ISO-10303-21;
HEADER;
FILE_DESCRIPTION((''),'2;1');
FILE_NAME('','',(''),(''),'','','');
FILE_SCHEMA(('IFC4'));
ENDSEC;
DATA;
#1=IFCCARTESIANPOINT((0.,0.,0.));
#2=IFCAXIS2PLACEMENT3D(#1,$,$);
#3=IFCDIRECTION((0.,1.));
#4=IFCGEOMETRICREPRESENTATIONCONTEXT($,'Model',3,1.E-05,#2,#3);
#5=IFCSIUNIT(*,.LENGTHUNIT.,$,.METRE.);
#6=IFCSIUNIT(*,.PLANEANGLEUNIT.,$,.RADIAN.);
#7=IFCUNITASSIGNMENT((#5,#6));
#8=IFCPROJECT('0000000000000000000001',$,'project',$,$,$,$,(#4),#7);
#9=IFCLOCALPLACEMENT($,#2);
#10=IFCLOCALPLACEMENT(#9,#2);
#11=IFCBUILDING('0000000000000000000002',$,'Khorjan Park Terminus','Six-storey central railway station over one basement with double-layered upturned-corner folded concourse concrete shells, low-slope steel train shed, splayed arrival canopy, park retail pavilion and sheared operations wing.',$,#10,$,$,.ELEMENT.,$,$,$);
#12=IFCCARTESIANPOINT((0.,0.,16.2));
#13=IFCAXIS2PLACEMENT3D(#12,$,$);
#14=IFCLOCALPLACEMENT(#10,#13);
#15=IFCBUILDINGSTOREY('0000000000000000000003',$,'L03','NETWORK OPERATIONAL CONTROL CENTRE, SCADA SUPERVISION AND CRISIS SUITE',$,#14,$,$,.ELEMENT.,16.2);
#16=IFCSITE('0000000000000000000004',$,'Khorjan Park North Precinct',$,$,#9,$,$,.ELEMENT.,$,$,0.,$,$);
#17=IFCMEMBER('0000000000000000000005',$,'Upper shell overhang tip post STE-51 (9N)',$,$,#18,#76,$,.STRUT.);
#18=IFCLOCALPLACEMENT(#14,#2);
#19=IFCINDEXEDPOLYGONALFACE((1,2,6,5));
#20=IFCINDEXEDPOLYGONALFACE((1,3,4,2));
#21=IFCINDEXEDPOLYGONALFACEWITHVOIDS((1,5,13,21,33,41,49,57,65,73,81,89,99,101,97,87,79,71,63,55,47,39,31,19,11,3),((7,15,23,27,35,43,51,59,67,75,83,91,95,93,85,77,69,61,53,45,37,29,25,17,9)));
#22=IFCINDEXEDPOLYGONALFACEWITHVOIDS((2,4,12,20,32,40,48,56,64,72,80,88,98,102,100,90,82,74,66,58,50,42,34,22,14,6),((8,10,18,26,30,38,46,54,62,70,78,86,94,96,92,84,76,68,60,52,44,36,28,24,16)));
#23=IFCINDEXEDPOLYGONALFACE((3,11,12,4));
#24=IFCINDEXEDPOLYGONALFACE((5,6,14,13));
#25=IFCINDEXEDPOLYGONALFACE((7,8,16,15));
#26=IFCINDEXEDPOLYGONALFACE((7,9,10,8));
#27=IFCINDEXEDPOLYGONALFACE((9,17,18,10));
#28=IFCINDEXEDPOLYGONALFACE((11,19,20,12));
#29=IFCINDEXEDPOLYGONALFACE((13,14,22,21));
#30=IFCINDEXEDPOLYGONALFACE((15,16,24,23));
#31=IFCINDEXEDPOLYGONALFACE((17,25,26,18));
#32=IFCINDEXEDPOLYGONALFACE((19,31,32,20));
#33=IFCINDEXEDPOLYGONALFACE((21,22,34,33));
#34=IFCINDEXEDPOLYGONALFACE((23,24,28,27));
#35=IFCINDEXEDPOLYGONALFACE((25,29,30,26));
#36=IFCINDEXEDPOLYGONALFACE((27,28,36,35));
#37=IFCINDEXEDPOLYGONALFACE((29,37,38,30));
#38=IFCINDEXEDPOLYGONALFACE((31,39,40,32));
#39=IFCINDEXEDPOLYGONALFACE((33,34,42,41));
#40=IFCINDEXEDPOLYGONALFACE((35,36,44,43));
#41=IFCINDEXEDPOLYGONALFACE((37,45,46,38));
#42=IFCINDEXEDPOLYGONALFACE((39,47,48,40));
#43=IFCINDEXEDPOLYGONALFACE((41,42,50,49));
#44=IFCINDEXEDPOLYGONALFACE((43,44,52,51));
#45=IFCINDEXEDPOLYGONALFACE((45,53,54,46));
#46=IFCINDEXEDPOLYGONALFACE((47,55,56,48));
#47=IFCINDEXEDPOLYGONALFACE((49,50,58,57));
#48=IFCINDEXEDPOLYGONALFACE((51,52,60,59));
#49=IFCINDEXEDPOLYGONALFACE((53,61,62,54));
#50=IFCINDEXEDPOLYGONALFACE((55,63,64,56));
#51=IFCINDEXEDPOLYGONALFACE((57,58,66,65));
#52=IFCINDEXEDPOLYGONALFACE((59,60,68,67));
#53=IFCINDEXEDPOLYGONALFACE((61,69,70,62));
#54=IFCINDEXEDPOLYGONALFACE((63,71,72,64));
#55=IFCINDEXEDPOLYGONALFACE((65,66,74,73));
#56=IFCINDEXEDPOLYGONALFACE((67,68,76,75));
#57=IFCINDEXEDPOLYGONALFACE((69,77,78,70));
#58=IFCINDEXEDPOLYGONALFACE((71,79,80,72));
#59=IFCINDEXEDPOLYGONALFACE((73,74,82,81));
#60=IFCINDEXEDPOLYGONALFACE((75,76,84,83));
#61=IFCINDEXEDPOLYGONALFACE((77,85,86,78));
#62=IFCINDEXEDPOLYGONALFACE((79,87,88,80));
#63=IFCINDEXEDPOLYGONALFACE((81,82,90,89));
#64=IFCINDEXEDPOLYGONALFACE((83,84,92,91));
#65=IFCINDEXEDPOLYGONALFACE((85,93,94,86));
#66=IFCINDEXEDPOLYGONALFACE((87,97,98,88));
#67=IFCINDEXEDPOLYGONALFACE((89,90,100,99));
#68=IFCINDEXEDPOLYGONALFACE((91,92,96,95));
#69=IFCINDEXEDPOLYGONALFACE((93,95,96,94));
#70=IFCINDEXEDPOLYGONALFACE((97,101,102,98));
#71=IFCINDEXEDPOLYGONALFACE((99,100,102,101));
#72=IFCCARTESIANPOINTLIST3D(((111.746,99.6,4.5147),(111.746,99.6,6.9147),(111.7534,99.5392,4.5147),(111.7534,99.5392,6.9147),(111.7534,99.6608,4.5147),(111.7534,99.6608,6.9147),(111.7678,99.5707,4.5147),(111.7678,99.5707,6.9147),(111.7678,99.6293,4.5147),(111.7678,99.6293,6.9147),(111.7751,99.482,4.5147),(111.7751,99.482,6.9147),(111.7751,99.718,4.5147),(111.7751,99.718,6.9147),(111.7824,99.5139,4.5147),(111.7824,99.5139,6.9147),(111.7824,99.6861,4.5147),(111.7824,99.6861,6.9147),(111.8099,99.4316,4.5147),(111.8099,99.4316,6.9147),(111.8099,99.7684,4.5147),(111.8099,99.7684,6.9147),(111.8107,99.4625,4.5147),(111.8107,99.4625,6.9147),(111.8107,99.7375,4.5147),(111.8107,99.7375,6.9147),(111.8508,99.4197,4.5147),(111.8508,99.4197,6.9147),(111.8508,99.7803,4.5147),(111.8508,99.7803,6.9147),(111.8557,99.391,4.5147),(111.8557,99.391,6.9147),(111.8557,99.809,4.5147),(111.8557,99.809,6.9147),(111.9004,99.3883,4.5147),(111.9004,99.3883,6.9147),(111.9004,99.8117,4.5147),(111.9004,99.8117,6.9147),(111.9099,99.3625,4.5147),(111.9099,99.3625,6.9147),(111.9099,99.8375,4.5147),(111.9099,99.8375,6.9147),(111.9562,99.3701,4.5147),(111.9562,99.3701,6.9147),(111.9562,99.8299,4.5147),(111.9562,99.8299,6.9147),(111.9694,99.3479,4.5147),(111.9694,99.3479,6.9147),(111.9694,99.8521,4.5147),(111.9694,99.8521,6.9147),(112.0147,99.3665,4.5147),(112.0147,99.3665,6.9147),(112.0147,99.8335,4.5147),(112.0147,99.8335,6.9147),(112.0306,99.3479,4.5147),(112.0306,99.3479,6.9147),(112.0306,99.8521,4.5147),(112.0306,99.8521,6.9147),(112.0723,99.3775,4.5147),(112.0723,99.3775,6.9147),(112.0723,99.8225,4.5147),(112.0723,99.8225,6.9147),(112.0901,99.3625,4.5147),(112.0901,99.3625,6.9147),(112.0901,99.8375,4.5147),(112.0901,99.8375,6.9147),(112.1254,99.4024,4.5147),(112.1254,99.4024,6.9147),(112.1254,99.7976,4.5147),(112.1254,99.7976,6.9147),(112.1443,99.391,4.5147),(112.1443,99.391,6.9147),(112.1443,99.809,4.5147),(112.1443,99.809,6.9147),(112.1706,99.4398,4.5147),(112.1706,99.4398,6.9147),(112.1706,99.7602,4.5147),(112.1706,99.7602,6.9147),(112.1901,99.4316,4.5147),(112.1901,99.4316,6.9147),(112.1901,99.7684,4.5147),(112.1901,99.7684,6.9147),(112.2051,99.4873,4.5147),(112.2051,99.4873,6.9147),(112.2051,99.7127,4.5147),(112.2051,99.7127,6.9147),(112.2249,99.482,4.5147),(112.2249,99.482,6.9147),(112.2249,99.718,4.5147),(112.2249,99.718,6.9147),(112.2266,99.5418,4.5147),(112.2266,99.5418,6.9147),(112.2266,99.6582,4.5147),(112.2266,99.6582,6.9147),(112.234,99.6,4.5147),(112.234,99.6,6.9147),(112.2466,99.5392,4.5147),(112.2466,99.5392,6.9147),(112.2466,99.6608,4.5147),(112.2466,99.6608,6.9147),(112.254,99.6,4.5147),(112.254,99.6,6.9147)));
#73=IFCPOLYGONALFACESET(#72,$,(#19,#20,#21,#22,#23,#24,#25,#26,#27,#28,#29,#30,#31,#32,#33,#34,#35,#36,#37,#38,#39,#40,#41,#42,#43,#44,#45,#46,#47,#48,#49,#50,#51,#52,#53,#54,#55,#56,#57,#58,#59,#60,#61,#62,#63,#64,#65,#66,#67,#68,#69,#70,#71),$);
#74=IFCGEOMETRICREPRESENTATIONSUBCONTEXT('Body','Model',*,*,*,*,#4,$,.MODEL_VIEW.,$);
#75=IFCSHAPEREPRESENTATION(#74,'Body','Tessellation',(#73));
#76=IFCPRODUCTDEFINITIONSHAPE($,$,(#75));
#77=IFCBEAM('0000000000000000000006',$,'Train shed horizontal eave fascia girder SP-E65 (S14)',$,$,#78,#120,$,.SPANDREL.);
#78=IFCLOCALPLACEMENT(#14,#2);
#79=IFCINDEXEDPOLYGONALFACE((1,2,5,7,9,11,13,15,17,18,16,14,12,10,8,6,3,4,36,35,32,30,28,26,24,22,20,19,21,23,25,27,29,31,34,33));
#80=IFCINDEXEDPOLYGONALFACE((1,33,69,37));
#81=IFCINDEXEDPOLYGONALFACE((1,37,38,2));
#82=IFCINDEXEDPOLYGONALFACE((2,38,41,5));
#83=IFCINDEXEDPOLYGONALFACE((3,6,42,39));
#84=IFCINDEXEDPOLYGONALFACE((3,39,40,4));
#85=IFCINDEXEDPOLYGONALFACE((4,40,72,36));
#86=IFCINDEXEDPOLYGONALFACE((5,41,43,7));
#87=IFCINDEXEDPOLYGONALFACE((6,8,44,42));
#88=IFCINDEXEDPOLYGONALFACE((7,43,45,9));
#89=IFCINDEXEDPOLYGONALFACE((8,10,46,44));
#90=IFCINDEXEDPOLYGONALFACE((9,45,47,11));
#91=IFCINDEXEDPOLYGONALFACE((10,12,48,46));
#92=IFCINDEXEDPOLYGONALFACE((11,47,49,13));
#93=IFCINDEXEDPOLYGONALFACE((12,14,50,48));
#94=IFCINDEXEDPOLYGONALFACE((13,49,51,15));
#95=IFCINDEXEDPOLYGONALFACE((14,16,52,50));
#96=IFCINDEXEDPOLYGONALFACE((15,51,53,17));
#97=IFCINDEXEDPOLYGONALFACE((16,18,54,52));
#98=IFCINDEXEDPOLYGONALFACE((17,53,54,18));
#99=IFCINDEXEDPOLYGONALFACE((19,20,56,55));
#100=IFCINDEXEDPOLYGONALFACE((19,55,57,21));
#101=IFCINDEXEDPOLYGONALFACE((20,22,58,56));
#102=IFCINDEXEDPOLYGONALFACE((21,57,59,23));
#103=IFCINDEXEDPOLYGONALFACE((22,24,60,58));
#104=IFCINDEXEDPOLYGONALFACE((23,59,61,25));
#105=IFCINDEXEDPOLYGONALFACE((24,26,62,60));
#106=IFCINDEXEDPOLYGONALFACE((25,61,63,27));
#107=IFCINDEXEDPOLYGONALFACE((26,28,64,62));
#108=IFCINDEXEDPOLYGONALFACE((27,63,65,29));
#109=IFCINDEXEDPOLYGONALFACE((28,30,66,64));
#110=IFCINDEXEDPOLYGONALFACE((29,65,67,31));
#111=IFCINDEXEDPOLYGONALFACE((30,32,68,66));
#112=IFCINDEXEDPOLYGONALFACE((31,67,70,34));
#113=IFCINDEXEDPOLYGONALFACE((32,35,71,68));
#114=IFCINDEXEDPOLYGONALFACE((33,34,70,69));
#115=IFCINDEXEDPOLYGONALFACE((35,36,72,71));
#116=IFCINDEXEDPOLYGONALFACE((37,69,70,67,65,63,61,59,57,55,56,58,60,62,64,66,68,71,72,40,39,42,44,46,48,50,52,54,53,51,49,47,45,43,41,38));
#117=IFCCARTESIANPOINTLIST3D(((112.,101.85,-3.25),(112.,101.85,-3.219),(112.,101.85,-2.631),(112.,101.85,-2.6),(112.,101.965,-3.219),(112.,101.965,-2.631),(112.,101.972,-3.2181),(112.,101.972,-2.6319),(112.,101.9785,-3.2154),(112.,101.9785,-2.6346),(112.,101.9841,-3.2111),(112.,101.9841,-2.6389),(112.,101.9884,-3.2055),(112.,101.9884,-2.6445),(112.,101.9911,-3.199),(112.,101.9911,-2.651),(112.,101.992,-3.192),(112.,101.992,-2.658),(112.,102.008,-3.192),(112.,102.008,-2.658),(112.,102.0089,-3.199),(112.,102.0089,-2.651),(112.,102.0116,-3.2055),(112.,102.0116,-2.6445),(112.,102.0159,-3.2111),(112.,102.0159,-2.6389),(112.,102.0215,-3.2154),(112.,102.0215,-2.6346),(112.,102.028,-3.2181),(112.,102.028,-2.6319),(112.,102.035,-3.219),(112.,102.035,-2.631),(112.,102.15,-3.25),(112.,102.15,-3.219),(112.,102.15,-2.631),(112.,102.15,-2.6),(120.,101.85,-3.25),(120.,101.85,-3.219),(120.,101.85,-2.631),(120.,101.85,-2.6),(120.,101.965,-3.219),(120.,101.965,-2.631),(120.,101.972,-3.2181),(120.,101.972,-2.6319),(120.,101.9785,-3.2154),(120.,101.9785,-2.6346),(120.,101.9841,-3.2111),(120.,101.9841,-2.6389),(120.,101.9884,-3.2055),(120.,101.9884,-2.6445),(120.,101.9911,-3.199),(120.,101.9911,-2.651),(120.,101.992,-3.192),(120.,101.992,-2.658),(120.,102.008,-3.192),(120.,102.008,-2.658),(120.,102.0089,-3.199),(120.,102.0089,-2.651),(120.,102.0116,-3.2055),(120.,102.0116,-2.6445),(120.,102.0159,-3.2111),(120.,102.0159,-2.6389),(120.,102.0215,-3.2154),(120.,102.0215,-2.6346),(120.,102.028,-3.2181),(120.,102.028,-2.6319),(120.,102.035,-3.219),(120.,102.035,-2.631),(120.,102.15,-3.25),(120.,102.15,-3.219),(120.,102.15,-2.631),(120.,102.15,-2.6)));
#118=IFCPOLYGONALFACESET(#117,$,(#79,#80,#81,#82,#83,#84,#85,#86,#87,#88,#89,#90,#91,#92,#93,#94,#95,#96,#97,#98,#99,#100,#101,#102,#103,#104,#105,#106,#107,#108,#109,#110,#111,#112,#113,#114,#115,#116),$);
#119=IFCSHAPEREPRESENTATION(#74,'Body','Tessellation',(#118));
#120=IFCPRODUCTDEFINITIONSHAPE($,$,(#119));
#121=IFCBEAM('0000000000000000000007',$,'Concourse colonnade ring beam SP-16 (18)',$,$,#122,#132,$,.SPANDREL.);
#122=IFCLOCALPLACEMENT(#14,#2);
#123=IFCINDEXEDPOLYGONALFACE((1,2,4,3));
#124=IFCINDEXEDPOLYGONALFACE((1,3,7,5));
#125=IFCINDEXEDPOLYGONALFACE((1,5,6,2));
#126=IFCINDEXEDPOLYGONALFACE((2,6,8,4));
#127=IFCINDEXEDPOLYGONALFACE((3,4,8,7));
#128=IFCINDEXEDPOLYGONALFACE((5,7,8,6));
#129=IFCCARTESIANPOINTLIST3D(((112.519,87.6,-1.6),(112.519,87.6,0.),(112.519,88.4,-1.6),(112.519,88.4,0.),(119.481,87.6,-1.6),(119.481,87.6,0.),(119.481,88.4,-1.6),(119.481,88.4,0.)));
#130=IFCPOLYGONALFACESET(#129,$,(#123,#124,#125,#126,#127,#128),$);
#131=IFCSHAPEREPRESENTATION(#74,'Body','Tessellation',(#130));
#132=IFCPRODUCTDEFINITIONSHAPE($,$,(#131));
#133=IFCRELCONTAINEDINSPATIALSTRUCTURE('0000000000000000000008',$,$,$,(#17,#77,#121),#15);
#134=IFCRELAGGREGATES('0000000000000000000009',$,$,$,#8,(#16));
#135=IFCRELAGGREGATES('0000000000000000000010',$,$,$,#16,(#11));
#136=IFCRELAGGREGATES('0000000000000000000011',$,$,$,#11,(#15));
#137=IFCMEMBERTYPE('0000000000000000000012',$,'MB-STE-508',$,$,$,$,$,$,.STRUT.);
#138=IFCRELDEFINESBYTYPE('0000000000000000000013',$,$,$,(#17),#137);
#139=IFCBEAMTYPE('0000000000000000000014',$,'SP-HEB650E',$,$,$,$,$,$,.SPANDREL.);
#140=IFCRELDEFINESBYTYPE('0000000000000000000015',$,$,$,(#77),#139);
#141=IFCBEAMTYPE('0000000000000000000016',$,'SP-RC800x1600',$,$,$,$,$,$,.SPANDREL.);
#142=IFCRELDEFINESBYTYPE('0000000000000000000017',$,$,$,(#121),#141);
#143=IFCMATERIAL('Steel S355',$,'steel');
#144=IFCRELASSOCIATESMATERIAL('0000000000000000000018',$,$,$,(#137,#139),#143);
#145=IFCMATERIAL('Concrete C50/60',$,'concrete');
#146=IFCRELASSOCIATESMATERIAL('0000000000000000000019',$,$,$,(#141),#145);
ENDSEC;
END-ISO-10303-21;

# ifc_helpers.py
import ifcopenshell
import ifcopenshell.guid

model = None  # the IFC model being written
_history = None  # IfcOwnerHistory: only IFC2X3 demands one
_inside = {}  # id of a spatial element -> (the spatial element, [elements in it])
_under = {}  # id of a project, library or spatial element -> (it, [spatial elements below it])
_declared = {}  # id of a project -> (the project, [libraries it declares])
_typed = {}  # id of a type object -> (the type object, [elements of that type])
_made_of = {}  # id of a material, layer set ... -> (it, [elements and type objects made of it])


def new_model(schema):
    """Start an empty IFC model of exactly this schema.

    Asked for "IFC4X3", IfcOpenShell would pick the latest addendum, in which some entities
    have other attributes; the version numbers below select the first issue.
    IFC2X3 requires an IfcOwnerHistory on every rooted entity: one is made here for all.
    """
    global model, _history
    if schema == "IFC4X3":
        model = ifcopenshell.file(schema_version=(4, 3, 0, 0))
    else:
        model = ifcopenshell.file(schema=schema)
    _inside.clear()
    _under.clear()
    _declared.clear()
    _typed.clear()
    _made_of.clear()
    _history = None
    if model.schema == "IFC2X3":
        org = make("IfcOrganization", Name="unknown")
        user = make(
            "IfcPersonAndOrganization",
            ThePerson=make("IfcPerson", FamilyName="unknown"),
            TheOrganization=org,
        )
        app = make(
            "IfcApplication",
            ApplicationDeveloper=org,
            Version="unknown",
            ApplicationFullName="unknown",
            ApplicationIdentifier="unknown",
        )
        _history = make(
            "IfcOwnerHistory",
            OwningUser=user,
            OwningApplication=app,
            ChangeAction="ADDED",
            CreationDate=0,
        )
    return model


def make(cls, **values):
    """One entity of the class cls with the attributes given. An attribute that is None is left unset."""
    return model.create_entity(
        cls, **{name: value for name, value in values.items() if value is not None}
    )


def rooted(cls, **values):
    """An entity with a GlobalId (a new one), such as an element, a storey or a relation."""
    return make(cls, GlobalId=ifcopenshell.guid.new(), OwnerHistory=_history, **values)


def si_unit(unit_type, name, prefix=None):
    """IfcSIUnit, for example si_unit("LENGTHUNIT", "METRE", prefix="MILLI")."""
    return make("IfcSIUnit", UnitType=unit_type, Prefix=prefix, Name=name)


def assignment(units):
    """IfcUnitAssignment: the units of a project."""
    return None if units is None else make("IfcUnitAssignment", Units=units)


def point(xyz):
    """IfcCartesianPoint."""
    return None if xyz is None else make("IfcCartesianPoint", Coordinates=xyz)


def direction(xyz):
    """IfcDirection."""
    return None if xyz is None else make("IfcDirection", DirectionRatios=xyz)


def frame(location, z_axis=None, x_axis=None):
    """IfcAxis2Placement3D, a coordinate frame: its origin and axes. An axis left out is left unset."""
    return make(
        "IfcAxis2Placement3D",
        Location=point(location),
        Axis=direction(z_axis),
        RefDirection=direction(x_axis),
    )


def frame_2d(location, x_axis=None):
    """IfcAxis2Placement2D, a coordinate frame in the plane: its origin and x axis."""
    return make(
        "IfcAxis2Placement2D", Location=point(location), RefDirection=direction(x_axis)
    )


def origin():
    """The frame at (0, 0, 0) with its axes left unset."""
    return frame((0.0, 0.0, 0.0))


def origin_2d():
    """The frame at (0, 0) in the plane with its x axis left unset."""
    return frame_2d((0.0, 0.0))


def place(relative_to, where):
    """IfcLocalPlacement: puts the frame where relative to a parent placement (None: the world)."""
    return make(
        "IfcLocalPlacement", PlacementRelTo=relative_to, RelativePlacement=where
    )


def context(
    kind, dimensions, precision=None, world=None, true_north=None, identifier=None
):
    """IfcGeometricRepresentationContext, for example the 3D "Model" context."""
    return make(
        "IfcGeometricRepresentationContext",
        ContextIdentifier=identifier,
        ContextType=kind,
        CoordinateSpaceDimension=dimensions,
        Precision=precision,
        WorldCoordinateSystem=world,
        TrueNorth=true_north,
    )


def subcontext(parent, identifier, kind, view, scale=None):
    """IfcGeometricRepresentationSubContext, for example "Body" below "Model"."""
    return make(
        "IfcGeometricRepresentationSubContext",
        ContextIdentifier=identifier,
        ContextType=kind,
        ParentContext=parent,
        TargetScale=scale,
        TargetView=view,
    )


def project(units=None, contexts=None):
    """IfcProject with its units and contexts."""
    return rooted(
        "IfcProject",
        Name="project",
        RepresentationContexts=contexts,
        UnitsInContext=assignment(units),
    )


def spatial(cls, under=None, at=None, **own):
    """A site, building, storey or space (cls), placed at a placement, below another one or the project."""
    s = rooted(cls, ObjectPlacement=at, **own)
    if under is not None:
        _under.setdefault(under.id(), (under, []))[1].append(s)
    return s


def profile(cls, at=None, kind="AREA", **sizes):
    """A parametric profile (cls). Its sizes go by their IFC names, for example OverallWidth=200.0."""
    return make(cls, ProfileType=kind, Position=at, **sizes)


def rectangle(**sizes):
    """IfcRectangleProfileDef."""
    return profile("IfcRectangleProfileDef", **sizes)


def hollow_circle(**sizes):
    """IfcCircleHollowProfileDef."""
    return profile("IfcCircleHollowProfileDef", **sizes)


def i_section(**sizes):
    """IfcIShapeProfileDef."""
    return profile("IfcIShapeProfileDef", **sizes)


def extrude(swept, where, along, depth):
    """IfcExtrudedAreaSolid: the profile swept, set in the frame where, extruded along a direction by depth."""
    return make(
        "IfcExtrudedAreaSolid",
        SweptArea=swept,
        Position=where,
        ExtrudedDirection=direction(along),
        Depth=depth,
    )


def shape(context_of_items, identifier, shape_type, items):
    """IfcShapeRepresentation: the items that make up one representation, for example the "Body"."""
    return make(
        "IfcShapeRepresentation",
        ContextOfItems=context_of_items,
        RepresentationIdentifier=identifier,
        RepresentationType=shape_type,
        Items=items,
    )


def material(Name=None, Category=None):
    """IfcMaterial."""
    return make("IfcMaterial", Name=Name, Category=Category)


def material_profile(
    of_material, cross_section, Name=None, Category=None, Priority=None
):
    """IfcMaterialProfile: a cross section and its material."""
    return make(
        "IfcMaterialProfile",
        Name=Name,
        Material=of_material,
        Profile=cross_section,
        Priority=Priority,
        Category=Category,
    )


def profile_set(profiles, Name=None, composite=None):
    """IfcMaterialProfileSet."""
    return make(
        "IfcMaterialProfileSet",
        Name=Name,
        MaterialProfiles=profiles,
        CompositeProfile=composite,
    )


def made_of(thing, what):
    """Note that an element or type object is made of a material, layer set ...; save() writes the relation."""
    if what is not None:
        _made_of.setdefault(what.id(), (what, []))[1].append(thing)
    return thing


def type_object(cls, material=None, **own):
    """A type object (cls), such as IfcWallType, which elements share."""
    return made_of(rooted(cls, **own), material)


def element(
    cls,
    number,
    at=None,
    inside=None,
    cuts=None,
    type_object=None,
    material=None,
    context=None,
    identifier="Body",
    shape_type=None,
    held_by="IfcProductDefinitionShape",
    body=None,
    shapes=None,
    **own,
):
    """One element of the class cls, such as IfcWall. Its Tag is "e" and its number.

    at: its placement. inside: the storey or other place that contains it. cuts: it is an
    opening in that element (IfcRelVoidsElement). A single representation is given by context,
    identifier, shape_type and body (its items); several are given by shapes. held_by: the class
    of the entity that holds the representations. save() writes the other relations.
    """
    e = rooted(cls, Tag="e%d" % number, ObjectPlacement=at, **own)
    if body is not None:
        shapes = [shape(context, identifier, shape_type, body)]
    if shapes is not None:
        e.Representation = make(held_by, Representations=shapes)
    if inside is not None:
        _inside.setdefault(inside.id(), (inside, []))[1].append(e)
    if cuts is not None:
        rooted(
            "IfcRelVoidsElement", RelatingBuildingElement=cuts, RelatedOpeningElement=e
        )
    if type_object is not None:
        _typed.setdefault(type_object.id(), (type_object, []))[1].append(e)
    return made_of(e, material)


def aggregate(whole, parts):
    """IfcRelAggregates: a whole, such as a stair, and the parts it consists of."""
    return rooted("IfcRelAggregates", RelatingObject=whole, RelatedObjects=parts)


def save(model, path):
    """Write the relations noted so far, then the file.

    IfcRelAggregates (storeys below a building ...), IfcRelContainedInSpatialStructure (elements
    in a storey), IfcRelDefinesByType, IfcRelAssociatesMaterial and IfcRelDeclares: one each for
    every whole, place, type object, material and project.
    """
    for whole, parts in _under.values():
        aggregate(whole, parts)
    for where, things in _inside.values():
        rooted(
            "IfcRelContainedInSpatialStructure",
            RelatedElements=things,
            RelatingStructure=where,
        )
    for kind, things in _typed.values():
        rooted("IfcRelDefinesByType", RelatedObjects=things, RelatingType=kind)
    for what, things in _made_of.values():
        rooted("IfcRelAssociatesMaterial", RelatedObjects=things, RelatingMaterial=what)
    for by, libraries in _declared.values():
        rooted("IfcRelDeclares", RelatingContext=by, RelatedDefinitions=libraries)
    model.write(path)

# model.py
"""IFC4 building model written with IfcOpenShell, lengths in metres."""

from ifc_helpers import new_model, si_unit, direction, frame, origin, origin_2d, place, context, subcontext, project, spatial, rectangle, hollow_circle, i_section, extrude, material, material_profile, profile_set, type_object, element, save


model = new_model("IFC4")

# Units and contexts
model_context = context("Model", 3, precision=1e-05, world=origin(), true_north=direction((0.0, 1.0)))
body_context = subcontext(model_context, "Body", "Model", "MODEL_VIEW")
ifc_project = project(units=[si_unit("LENGTHUNIT", "METRE"), si_unit("PLANEANGLEUNIT", "RADIAN")], contexts=[model_context])

# Site, building, storey
site_placement = place(None, origin())
site = spatial("IfcSite", under=ifc_project, at=site_placement, Name="Khorjan Park North Precinct", CompositionType="ELEMENT", RefElevation=0.0)
building_placement = place(site_placement, origin())
building = spatial("IfcBuilding", under=site, at=building_placement, Name="Khorjan Park Terminus", Description="Six-storey central railway station over one basement with double-layered upturned-corner folded concourse concrete shells, low-slope steel train shed, splayed arrival canopy, park retail pavilion and sheared operations wing.", CompositionType="ELEMENT")
storey_placement = place(building_placement, frame((0.0, 0.0, 16.2)))
storey = spatial("IfcBuildingStorey", under=building, at=storey_placement, Name="L03", Description="NETWORK OPERATIONAL CONTROL CENTRE, SCADA SUPERVISION AND CRISIS SUITE", CompositionType="ELEMENT", Elevation=16.2)

# Shared definitions
ifc_material_1 = material(Name="Concrete C50/60", Category="concrete")

# Member
ifc_material_2 = material(Name="Steel S355", Category="steel")
ifc_material_profile_1 = material_profile(ifc_material_2, hollow_circle(Radius=0.254, WallThickness=0.02, at=origin_2d()), Name="CHS 508x20")
ifc_profile_set_1 = profile_set([ifc_material_profile_1], Name="Steel S355")
member_type_1 = type_object("IfcMemberType", Name="MB-STE-508", PredefinedType="STRUT", material=ifc_profile_set_1)
member_1_placement = place(storey_placement, frame((112.0, 99.6, 4.5147), z_axis=(0.0, 0.0, 1.0), x_axis=(1.0, 0.0, 0.0)))
element("IfcMember", 1, at=member_1_placement, inside=storey, type_object=member_type_1, Name="Upper shell overhang tip post STE-51 (9N)", PredefinedType="STRUT", context=body_context, shape_type="SweptSolid", body=[
    extrude(hollow_circle(Radius=0.254, WallThickness=0.02, at=origin_2d()), origin(), (0.0, 0.0, 1.0), 2.4),
])

# Beams
ifc_material_profile_2 = material_profile(ifc_material_2, i_section(OverallWidth=0.3, OverallDepth=0.65, WebThickness=0.016, FlangeThickness=0.031, FilletRadius=0.027, at=origin_2d()), Name="HEB 650")
ifc_profile_set_2 = profile_set([ifc_material_profile_2], Name="Steel S355")
beam_type_1 = type_object("IfcBeamType", Name="SP-HEB650E", PredefinedType="SPANDREL", material=ifc_profile_set_2)
beam_1_placement = place(storey_placement, frame((112.0, 102.0, -2.925), z_axis=(1.0, 0.0, 0.0), x_axis=(0.0, 1.0, 0.0)))
element("IfcBeam", 2, at=beam_1_placement, inside=storey, type_object=beam_type_1, Name="Train shed horizontal eave fascia girder SP-E65 (S14)", PredefinedType="SPANDREL", context=body_context, shape_type="SweptSolid", body=[
    extrude(i_section(OverallWidth=0.3, OverallDepth=0.65, WebThickness=0.016, FlangeThickness=0.031, FilletRadius=0.027, at=origin_2d()), origin(), (0.0, 0.0, 1.0), 8.0),
])
ifc_material_profile_3 = material_profile(ifc_material_1, rectangle(XDim=0.8, YDim=1.6, at=origin_2d()), Name="RC 800x1600")
ifc_profile_set_3 = profile_set([ifc_material_profile_3], Name="Concrete C50/60")
beam_type_2 = type_object("IfcBeamType", Name="SP-RC800x1600", PredefinedType="SPANDREL", material=ifc_profile_set_3)
beam_2_placement = place(storey_placement, frame((112.519, 88.0, -0.8), z_axis=(1.0, 0.0, 0.0), x_axis=(0.0, 1.0, 0.0)))
element("IfcBeam", 3, at=beam_2_placement, inside=storey, type_object=beam_type_2, Name="Concourse colonnade ring beam SP-16 (18)", PredefinedType="SPANDREL", context=body_context, shape_type="SweptSolid", body=[
    extrude(rectangle(XDim=0.8, YDim=1.6, at=origin_2d()), origin(), (0.0, 0.0, 1.0), 6.962),
])

save(model, "model.ifc")
